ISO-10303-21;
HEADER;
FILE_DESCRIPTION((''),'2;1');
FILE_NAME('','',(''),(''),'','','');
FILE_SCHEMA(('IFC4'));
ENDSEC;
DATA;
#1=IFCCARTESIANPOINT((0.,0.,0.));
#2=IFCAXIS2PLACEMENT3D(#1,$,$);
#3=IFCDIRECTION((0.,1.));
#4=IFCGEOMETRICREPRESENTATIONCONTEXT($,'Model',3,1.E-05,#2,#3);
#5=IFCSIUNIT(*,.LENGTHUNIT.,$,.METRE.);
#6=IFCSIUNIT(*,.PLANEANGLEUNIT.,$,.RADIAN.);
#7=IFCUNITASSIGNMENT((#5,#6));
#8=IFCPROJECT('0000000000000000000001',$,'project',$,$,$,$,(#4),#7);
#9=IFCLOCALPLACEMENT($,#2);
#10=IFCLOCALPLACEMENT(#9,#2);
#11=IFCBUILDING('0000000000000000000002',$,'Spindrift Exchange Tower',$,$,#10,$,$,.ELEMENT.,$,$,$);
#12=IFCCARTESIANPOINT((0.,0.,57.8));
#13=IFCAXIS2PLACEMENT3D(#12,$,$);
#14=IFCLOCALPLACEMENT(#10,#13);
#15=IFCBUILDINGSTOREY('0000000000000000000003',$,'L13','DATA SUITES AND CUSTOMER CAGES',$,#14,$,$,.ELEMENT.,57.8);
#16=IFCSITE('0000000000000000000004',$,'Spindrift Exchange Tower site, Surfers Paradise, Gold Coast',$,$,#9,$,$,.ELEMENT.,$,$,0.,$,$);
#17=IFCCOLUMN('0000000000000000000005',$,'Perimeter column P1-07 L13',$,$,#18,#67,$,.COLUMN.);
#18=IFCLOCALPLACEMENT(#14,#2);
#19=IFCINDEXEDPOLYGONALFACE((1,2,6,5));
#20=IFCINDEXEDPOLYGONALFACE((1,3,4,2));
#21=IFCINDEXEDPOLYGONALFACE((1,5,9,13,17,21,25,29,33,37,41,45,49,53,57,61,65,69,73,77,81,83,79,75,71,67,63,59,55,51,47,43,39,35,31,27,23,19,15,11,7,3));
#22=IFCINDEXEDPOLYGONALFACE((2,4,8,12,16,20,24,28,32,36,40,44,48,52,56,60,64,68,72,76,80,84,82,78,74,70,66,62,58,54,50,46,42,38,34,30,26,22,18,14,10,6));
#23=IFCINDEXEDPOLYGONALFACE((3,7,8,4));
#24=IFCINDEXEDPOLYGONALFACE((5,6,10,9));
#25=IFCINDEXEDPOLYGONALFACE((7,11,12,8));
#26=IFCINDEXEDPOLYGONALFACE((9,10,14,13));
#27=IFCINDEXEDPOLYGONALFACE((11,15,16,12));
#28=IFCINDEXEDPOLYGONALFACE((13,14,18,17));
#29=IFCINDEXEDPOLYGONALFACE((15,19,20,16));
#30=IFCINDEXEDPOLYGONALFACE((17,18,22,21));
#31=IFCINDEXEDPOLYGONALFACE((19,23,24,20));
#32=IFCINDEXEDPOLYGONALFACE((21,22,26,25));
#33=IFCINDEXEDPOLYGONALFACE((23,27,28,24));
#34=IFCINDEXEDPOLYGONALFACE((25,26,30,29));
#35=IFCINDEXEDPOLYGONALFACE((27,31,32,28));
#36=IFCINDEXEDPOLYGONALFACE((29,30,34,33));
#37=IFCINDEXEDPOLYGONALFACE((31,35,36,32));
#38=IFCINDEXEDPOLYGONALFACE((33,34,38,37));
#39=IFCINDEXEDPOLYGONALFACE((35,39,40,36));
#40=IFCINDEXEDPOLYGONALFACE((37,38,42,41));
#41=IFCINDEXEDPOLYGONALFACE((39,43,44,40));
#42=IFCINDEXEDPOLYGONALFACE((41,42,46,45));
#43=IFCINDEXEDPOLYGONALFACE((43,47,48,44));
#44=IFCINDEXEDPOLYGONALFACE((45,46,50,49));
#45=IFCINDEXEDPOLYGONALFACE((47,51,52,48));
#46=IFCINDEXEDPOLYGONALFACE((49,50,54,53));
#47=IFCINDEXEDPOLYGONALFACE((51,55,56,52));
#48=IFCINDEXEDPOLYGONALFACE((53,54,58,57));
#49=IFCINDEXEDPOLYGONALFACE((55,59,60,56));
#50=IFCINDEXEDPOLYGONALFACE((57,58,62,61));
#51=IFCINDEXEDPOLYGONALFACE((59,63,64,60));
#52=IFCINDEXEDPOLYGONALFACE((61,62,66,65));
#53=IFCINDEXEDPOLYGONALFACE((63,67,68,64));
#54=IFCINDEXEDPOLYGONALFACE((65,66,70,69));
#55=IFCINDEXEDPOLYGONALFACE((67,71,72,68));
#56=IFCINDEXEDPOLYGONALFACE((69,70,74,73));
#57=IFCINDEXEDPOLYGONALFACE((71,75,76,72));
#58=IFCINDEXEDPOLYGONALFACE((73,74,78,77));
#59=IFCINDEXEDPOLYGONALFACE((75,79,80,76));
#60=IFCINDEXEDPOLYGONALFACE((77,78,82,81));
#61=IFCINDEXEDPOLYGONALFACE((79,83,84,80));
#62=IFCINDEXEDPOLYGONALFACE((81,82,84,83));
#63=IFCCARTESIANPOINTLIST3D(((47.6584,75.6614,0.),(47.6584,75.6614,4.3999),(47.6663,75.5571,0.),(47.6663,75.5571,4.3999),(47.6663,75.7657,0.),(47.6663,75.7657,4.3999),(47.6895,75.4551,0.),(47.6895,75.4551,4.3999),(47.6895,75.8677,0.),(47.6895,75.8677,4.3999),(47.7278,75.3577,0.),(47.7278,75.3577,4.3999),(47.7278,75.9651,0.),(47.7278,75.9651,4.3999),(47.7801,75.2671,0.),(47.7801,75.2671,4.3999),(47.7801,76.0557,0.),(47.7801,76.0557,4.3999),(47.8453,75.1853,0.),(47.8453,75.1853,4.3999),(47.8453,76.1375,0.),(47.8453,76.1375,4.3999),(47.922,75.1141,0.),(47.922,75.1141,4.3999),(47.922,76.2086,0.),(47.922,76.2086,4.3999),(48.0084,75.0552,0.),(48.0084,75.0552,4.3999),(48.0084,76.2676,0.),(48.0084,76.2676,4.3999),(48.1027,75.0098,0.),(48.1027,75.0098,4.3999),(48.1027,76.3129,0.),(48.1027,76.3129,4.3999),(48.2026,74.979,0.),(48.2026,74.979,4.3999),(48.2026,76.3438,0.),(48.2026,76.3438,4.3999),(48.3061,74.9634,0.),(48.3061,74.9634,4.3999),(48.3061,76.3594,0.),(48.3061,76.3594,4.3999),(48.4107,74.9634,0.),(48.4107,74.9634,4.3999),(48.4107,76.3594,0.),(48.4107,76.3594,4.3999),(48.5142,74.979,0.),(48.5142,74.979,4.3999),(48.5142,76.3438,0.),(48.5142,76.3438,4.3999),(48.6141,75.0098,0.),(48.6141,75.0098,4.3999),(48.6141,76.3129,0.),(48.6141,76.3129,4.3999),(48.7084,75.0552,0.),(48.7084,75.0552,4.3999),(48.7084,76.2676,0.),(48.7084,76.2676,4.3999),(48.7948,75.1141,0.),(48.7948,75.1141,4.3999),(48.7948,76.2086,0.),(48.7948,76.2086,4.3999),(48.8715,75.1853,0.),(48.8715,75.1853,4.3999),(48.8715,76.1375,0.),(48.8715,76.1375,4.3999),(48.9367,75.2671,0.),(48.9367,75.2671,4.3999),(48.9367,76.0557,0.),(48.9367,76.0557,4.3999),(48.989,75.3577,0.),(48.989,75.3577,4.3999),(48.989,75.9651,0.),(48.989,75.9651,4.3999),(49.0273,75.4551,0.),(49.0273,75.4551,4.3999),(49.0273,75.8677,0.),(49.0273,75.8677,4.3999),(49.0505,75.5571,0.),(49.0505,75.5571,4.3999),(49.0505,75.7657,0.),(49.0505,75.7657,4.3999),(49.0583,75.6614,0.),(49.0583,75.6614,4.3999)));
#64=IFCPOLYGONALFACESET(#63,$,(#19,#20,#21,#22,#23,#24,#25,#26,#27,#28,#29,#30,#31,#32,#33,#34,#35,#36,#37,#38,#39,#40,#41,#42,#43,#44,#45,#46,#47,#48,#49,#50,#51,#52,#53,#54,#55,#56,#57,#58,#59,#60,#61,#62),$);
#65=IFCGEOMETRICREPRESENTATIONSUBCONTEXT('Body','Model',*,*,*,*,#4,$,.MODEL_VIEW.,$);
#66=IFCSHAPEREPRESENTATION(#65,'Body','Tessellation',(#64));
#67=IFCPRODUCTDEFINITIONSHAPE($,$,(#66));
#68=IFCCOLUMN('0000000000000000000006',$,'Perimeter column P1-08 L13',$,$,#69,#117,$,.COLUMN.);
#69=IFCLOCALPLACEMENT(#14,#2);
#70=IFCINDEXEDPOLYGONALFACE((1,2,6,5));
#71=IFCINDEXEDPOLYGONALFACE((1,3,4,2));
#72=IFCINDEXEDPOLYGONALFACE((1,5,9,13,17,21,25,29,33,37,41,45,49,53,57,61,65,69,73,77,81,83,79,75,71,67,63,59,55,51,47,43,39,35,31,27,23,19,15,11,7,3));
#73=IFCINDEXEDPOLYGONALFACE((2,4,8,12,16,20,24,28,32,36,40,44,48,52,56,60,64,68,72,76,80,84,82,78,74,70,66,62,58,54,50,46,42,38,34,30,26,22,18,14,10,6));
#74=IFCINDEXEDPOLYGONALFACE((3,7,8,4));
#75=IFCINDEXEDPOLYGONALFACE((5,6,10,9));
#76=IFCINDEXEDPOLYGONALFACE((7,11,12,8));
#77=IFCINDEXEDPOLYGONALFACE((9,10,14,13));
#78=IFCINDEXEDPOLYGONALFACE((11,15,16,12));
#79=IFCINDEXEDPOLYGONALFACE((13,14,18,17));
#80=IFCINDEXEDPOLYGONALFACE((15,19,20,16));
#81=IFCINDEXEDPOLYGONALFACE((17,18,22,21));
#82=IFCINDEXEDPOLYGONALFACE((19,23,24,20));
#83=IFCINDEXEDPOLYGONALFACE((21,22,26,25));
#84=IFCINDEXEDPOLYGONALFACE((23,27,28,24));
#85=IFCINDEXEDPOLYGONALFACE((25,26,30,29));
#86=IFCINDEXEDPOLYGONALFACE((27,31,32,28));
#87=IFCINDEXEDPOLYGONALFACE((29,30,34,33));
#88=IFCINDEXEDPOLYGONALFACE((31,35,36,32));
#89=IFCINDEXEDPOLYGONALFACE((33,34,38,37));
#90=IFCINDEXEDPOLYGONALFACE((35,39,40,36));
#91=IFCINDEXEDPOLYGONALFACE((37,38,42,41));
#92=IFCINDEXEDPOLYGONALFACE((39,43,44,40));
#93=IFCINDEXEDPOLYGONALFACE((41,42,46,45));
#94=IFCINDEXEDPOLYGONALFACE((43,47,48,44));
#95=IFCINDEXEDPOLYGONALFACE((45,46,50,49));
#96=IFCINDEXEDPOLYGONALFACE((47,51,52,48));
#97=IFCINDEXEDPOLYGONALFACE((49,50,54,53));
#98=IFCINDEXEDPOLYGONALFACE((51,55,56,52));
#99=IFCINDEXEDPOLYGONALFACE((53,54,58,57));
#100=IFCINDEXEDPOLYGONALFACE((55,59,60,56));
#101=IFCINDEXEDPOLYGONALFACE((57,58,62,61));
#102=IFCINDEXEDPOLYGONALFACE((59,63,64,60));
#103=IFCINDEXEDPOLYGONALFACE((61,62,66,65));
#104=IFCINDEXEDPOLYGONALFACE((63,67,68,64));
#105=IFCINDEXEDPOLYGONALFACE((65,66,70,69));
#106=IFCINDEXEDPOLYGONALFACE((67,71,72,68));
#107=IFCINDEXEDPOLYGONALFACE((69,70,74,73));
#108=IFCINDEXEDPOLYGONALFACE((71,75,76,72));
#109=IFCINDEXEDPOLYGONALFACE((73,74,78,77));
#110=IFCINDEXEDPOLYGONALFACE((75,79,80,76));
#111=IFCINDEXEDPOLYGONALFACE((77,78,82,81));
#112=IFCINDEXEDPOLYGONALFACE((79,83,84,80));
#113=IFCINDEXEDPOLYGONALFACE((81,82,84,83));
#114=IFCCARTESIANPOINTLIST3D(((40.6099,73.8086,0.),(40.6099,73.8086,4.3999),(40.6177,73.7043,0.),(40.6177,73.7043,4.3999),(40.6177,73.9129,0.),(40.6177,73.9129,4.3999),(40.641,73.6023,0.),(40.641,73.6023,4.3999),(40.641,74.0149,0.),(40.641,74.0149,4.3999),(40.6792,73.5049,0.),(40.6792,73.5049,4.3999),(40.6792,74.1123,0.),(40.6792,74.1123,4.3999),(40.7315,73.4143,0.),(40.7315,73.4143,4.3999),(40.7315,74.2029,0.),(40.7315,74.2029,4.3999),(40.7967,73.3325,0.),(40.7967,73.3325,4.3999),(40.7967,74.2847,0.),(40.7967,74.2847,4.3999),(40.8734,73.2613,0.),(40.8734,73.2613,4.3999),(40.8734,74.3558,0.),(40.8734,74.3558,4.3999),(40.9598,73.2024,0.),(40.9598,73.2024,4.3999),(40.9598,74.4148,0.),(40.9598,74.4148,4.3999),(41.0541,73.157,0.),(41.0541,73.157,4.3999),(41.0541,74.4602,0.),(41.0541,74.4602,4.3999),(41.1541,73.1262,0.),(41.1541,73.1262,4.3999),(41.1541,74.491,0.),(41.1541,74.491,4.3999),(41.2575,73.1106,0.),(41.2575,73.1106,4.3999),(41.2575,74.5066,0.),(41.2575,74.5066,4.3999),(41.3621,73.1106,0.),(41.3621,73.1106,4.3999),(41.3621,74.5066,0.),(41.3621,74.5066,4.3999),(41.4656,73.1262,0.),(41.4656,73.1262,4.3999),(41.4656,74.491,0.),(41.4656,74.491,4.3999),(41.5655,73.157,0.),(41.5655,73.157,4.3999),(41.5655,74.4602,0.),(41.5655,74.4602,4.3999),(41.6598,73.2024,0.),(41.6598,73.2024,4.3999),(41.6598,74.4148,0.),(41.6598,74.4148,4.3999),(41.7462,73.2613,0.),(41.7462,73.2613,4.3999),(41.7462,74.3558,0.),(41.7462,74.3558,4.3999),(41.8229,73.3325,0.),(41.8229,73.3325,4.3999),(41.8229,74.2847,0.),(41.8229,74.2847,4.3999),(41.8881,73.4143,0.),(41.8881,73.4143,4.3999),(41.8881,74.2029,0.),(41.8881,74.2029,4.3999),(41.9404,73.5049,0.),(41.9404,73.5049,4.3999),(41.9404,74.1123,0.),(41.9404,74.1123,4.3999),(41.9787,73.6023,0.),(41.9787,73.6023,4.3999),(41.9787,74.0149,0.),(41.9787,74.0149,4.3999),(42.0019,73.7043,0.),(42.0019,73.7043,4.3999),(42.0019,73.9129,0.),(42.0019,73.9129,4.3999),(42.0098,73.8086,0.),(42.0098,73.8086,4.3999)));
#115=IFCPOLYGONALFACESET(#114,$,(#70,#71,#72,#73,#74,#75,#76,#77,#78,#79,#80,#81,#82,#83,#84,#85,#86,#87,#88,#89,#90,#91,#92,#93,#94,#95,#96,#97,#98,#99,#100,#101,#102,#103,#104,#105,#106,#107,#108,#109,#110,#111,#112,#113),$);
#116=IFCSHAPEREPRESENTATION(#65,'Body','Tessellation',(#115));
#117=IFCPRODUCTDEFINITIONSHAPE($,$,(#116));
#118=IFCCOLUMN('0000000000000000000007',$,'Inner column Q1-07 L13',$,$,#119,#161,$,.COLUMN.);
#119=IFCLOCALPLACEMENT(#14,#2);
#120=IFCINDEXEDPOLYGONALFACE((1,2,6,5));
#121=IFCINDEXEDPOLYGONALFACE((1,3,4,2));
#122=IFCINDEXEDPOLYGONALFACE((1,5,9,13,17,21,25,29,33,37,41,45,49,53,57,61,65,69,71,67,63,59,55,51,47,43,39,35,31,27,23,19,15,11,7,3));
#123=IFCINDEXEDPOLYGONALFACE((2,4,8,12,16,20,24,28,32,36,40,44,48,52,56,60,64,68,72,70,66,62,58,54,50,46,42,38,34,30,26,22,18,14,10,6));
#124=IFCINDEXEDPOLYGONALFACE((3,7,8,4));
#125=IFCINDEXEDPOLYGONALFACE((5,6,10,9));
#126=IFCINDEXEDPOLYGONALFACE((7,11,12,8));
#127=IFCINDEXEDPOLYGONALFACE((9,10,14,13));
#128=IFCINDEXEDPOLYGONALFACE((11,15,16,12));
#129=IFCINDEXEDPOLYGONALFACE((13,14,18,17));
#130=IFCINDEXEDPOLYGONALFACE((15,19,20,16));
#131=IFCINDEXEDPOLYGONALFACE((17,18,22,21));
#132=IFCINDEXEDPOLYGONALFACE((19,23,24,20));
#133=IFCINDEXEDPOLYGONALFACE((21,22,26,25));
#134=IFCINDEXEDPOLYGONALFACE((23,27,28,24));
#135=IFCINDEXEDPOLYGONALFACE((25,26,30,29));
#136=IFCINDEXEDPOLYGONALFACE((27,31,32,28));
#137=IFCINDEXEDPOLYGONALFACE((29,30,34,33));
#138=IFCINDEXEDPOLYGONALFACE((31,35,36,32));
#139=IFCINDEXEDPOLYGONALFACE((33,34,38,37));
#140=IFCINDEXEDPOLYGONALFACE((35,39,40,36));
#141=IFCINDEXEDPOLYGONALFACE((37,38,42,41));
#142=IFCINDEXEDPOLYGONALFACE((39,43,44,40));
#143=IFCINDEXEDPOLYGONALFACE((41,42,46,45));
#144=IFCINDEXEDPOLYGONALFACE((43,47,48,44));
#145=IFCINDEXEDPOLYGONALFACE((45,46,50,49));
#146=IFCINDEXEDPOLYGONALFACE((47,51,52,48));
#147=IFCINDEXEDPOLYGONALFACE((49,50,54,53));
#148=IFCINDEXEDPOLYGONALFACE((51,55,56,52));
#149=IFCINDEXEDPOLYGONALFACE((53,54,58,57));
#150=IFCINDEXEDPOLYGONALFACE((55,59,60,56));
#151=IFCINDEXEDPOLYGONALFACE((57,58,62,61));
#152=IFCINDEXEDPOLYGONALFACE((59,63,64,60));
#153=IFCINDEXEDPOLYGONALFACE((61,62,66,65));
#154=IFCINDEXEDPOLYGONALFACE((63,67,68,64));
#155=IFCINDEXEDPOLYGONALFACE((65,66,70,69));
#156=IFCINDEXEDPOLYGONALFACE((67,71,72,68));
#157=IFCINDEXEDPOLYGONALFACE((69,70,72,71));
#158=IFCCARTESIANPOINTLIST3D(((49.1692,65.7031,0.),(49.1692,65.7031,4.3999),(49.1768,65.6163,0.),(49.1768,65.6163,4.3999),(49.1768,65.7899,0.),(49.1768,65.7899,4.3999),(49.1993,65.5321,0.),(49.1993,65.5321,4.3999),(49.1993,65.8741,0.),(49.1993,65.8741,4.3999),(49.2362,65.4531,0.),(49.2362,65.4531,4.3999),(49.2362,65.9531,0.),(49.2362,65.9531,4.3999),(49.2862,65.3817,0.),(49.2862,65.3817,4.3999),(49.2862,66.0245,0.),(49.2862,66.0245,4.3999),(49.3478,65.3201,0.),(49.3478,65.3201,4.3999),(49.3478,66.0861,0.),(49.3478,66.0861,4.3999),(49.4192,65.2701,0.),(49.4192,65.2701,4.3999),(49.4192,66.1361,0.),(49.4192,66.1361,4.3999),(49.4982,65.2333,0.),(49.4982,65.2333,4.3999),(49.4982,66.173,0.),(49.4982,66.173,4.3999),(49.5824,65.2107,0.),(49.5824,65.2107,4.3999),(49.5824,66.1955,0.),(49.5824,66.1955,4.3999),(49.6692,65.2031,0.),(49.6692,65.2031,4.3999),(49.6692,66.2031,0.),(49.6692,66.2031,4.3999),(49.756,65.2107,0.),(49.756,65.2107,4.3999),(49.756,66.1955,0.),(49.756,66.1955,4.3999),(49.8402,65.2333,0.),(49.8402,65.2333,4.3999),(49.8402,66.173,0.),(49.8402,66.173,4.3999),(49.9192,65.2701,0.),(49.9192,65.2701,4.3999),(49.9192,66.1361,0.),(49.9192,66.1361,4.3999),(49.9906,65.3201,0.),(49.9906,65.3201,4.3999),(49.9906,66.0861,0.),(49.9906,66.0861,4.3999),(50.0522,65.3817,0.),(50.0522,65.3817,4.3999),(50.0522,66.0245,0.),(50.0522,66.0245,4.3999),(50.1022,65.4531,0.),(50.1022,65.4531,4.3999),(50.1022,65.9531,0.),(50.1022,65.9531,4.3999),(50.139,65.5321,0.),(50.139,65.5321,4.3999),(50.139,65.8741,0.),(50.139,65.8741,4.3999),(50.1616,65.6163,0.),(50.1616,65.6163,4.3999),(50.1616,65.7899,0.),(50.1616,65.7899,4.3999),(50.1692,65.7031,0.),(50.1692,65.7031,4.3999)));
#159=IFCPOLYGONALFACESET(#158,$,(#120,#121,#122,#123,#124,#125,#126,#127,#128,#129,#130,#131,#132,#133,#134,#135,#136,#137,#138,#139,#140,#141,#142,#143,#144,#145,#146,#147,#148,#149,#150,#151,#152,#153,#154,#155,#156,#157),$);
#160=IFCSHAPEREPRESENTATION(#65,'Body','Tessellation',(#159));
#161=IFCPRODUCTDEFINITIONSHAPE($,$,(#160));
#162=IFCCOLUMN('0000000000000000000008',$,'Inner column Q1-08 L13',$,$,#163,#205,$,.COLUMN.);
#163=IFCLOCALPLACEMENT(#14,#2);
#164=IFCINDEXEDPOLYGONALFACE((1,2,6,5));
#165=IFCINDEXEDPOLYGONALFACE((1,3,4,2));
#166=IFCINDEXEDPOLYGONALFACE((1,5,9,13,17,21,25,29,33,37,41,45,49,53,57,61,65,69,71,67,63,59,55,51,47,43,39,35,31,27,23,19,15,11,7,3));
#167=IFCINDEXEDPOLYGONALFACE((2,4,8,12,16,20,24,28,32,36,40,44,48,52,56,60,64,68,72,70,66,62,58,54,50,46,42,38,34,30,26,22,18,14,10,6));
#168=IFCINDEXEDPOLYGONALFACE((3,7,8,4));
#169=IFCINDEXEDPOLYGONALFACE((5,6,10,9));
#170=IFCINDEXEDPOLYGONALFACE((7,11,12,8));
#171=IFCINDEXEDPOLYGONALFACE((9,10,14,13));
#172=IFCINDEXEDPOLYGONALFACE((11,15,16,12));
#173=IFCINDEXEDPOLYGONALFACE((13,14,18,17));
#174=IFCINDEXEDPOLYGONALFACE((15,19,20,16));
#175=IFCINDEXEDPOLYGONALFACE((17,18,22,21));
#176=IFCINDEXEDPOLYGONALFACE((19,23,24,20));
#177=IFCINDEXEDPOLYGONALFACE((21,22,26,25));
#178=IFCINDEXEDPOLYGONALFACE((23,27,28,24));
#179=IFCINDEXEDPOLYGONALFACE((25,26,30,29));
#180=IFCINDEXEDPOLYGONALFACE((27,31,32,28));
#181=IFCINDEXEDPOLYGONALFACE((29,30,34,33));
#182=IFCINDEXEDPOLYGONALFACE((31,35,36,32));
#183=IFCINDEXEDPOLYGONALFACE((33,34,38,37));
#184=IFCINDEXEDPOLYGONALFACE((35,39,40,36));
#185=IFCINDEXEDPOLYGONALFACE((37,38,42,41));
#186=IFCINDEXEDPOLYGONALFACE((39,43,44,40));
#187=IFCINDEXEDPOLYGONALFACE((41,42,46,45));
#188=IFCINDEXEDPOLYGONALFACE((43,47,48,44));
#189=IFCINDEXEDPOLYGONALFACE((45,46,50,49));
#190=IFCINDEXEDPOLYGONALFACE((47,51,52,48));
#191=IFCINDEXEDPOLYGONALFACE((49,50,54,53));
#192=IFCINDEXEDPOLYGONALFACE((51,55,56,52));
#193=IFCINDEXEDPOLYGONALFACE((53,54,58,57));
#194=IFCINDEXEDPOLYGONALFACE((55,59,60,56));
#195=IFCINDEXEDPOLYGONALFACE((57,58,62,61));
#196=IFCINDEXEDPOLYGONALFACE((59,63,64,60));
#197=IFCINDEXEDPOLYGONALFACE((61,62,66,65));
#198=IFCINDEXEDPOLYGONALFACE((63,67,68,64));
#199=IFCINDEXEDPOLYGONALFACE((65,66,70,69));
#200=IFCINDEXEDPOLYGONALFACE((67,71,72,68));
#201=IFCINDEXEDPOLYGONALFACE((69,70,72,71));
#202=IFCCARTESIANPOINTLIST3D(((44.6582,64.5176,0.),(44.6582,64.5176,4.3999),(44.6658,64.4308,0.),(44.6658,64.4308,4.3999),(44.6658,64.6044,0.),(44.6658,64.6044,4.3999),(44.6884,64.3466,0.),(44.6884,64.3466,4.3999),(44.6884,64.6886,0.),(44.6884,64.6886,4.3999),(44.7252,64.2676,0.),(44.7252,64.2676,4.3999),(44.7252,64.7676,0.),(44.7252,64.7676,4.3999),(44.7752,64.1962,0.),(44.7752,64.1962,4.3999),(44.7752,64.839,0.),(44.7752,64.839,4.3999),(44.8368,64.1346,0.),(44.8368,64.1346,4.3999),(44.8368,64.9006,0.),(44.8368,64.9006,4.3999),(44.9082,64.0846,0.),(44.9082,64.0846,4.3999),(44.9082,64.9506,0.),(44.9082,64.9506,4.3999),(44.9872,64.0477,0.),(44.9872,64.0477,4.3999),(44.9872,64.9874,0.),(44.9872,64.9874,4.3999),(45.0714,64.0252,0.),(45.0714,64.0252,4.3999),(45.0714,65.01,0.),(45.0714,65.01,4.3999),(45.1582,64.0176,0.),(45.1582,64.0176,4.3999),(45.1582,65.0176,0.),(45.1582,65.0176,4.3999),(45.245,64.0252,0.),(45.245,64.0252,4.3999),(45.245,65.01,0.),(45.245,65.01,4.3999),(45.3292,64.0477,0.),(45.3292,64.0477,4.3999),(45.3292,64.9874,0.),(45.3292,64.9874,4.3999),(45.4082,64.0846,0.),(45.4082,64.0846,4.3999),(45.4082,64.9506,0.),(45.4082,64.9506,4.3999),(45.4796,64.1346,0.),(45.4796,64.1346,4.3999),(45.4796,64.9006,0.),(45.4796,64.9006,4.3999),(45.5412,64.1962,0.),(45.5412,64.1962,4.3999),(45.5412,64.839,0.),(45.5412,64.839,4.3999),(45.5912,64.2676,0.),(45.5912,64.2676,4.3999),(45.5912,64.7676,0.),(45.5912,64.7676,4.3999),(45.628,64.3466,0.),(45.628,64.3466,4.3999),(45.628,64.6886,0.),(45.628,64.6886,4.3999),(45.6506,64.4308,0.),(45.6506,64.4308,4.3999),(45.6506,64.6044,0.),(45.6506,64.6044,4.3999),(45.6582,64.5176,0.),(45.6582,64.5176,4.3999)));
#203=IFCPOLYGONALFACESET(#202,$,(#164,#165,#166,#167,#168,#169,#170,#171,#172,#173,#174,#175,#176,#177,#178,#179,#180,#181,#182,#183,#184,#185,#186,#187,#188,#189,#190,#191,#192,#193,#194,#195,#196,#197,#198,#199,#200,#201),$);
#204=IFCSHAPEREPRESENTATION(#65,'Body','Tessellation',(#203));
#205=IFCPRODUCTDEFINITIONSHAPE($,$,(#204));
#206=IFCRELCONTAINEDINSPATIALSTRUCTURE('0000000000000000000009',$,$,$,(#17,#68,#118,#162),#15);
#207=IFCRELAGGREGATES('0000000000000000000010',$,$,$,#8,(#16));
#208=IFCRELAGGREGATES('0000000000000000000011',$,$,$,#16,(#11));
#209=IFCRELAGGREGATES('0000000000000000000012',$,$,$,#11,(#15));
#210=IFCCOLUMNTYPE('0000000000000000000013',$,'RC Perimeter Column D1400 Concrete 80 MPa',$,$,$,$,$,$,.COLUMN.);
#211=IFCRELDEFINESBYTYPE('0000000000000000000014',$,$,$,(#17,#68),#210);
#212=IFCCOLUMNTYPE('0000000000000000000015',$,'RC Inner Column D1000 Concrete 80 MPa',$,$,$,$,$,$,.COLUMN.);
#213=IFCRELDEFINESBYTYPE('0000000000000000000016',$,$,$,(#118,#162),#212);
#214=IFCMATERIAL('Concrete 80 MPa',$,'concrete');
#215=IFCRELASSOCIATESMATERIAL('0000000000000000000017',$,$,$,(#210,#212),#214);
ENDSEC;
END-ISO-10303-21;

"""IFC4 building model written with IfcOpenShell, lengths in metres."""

from ifc_helpers import new_model, si_unit, direction, frame, origin, origin_2d, place, context, subcontext, project, spatial, circle, extrude, source, transform, mapped, material, material_profile, profile_set, type_object, element, save


model = new_model("IFC4")

# Units and contexts
model_context = context("Model", 3, precision=1e-05, world=origin(), true_north=direction((0.0, 1.0)))
body_context = subcontext(model_context, "Body", "Model", "MODEL_VIEW")
ifc_project = project(units=[si_unit("LENGTHUNIT", "METRE"), si_unit("PLANEANGLEUNIT", "RADIAN")], contexts=[model_context])

# Site, building, storey
site_placement = place(None, origin())
site = spatial("IfcSite", under=ifc_project, at=site_placement, Name="Spindrift Exchange Tower site, Surfers Paradise, Gold Coast", CompositionType="ELEMENT", RefElevation=0.0)
building_placement = place(site_placement, origin())
building = spatial("IfcBuilding", under=site, at=building_placement, Name="Spindrift Exchange Tower", CompositionType="ELEMENT")
storey_placement = place(building_placement, frame((0.0, 0.0, 57.8)))
storey = spatial("IfcBuildingStorey", under=building, at=storey_placement, Name="L13", Description="DATA SUITES AND CUSTOMER CAGES", CompositionType="ELEMENT", Elevation=57.8)

# Columns
ifc_material_1 = material(Name="Concrete 80 MPa", Category="concrete")
ifc_material_profile_1 = material_profile(ifc_material_1, circle(Radius=0.7, at=origin_2d()), Name="RC D1400")
ifc_profile_set_1 = profile_set([ifc_material_profile_1], Name="Concrete 80 MPa")
column_type_1 = type_object("IfcColumnType", Name="RC Perimeter Column D1400 Concrete 80 MPa", PredefinedType="COLUMN", material=ifc_profile_set_1)
shared_shape_1 = source(origin(), body_context, "Body", "SweptSolid", [
    extrude(circle(Radius=0.7, at=origin_2d()), origin(), (0.0, 0.0, 1.0), 4.3999),
])
for number, where, z_axis, x_axis, name in (
    (1, (48.3584, 75.6614, 0.0), (0.0, 0.0, 1.0), (1.0, 0.0, 0.0), "Perimeter column P1-07 L13"),
    (2, (41.3098, 73.8086, 0.0), (0.0, 0.0, 1.0), (1.0, 0.0, 0.0), "Perimeter column P1-08 L13"),
):
    element("IfcColumn", number, at=place(storey_placement, frame(where, z_axis=z_axis, x_axis=x_axis)), inside=storey, type_object=column_type_1, Name=name, PredefinedType="COLUMN", context=body_context, shape_type="MappedRepresentation", body=[
        mapped(shared_shape_1, transform((0.0, 0.0, 0.0), scale=1.0)),
    ])
ifc_material_profile_2 = material_profile(ifc_material_1, circle(Radius=0.5, at=origin_2d()), Name="RC D1000")
ifc_profile_set_2 = profile_set([ifc_material_profile_2], Name="Concrete 80 MPa")
column_type_2 = type_object("IfcColumnType", Name="RC Inner Column D1000 Concrete 80 MPa", PredefinedType="COLUMN", material=ifc_profile_set_2)
shared_shape_2 = source(origin(), body_context, "Body", "SweptSolid", [
    extrude(circle(Radius=0.5, at=origin_2d()), origin(), (0.0, 0.0, 1.0), 4.3999),
])
for number, where, z_axis, x_axis, name in (
    (3, (49.6692, 65.7031, 0.0), (0.0, 0.0, 1.0), (1.0, 0.0, 0.0), "Inner column Q1-07 L13"),
    (4, (45.1582, 64.5176, 0.0), (0.0, 0.0, 1.0), (1.0, 0.0, 0.0), "Inner column Q1-08 L13"),
):
    element("IfcColumn", number, at=place(storey_placement, frame(where, z_axis=z_axis, x_axis=x_axis)), inside=storey, type_object=column_type_2, Name=name, PredefinedType="COLUMN", context=body_context, shape_type="MappedRepresentation", body=[
        mapped(shared_shape_2, transform((0.0, 0.0, 0.0), scale=1.0)),
    ])

save(model, "model.ifc")
